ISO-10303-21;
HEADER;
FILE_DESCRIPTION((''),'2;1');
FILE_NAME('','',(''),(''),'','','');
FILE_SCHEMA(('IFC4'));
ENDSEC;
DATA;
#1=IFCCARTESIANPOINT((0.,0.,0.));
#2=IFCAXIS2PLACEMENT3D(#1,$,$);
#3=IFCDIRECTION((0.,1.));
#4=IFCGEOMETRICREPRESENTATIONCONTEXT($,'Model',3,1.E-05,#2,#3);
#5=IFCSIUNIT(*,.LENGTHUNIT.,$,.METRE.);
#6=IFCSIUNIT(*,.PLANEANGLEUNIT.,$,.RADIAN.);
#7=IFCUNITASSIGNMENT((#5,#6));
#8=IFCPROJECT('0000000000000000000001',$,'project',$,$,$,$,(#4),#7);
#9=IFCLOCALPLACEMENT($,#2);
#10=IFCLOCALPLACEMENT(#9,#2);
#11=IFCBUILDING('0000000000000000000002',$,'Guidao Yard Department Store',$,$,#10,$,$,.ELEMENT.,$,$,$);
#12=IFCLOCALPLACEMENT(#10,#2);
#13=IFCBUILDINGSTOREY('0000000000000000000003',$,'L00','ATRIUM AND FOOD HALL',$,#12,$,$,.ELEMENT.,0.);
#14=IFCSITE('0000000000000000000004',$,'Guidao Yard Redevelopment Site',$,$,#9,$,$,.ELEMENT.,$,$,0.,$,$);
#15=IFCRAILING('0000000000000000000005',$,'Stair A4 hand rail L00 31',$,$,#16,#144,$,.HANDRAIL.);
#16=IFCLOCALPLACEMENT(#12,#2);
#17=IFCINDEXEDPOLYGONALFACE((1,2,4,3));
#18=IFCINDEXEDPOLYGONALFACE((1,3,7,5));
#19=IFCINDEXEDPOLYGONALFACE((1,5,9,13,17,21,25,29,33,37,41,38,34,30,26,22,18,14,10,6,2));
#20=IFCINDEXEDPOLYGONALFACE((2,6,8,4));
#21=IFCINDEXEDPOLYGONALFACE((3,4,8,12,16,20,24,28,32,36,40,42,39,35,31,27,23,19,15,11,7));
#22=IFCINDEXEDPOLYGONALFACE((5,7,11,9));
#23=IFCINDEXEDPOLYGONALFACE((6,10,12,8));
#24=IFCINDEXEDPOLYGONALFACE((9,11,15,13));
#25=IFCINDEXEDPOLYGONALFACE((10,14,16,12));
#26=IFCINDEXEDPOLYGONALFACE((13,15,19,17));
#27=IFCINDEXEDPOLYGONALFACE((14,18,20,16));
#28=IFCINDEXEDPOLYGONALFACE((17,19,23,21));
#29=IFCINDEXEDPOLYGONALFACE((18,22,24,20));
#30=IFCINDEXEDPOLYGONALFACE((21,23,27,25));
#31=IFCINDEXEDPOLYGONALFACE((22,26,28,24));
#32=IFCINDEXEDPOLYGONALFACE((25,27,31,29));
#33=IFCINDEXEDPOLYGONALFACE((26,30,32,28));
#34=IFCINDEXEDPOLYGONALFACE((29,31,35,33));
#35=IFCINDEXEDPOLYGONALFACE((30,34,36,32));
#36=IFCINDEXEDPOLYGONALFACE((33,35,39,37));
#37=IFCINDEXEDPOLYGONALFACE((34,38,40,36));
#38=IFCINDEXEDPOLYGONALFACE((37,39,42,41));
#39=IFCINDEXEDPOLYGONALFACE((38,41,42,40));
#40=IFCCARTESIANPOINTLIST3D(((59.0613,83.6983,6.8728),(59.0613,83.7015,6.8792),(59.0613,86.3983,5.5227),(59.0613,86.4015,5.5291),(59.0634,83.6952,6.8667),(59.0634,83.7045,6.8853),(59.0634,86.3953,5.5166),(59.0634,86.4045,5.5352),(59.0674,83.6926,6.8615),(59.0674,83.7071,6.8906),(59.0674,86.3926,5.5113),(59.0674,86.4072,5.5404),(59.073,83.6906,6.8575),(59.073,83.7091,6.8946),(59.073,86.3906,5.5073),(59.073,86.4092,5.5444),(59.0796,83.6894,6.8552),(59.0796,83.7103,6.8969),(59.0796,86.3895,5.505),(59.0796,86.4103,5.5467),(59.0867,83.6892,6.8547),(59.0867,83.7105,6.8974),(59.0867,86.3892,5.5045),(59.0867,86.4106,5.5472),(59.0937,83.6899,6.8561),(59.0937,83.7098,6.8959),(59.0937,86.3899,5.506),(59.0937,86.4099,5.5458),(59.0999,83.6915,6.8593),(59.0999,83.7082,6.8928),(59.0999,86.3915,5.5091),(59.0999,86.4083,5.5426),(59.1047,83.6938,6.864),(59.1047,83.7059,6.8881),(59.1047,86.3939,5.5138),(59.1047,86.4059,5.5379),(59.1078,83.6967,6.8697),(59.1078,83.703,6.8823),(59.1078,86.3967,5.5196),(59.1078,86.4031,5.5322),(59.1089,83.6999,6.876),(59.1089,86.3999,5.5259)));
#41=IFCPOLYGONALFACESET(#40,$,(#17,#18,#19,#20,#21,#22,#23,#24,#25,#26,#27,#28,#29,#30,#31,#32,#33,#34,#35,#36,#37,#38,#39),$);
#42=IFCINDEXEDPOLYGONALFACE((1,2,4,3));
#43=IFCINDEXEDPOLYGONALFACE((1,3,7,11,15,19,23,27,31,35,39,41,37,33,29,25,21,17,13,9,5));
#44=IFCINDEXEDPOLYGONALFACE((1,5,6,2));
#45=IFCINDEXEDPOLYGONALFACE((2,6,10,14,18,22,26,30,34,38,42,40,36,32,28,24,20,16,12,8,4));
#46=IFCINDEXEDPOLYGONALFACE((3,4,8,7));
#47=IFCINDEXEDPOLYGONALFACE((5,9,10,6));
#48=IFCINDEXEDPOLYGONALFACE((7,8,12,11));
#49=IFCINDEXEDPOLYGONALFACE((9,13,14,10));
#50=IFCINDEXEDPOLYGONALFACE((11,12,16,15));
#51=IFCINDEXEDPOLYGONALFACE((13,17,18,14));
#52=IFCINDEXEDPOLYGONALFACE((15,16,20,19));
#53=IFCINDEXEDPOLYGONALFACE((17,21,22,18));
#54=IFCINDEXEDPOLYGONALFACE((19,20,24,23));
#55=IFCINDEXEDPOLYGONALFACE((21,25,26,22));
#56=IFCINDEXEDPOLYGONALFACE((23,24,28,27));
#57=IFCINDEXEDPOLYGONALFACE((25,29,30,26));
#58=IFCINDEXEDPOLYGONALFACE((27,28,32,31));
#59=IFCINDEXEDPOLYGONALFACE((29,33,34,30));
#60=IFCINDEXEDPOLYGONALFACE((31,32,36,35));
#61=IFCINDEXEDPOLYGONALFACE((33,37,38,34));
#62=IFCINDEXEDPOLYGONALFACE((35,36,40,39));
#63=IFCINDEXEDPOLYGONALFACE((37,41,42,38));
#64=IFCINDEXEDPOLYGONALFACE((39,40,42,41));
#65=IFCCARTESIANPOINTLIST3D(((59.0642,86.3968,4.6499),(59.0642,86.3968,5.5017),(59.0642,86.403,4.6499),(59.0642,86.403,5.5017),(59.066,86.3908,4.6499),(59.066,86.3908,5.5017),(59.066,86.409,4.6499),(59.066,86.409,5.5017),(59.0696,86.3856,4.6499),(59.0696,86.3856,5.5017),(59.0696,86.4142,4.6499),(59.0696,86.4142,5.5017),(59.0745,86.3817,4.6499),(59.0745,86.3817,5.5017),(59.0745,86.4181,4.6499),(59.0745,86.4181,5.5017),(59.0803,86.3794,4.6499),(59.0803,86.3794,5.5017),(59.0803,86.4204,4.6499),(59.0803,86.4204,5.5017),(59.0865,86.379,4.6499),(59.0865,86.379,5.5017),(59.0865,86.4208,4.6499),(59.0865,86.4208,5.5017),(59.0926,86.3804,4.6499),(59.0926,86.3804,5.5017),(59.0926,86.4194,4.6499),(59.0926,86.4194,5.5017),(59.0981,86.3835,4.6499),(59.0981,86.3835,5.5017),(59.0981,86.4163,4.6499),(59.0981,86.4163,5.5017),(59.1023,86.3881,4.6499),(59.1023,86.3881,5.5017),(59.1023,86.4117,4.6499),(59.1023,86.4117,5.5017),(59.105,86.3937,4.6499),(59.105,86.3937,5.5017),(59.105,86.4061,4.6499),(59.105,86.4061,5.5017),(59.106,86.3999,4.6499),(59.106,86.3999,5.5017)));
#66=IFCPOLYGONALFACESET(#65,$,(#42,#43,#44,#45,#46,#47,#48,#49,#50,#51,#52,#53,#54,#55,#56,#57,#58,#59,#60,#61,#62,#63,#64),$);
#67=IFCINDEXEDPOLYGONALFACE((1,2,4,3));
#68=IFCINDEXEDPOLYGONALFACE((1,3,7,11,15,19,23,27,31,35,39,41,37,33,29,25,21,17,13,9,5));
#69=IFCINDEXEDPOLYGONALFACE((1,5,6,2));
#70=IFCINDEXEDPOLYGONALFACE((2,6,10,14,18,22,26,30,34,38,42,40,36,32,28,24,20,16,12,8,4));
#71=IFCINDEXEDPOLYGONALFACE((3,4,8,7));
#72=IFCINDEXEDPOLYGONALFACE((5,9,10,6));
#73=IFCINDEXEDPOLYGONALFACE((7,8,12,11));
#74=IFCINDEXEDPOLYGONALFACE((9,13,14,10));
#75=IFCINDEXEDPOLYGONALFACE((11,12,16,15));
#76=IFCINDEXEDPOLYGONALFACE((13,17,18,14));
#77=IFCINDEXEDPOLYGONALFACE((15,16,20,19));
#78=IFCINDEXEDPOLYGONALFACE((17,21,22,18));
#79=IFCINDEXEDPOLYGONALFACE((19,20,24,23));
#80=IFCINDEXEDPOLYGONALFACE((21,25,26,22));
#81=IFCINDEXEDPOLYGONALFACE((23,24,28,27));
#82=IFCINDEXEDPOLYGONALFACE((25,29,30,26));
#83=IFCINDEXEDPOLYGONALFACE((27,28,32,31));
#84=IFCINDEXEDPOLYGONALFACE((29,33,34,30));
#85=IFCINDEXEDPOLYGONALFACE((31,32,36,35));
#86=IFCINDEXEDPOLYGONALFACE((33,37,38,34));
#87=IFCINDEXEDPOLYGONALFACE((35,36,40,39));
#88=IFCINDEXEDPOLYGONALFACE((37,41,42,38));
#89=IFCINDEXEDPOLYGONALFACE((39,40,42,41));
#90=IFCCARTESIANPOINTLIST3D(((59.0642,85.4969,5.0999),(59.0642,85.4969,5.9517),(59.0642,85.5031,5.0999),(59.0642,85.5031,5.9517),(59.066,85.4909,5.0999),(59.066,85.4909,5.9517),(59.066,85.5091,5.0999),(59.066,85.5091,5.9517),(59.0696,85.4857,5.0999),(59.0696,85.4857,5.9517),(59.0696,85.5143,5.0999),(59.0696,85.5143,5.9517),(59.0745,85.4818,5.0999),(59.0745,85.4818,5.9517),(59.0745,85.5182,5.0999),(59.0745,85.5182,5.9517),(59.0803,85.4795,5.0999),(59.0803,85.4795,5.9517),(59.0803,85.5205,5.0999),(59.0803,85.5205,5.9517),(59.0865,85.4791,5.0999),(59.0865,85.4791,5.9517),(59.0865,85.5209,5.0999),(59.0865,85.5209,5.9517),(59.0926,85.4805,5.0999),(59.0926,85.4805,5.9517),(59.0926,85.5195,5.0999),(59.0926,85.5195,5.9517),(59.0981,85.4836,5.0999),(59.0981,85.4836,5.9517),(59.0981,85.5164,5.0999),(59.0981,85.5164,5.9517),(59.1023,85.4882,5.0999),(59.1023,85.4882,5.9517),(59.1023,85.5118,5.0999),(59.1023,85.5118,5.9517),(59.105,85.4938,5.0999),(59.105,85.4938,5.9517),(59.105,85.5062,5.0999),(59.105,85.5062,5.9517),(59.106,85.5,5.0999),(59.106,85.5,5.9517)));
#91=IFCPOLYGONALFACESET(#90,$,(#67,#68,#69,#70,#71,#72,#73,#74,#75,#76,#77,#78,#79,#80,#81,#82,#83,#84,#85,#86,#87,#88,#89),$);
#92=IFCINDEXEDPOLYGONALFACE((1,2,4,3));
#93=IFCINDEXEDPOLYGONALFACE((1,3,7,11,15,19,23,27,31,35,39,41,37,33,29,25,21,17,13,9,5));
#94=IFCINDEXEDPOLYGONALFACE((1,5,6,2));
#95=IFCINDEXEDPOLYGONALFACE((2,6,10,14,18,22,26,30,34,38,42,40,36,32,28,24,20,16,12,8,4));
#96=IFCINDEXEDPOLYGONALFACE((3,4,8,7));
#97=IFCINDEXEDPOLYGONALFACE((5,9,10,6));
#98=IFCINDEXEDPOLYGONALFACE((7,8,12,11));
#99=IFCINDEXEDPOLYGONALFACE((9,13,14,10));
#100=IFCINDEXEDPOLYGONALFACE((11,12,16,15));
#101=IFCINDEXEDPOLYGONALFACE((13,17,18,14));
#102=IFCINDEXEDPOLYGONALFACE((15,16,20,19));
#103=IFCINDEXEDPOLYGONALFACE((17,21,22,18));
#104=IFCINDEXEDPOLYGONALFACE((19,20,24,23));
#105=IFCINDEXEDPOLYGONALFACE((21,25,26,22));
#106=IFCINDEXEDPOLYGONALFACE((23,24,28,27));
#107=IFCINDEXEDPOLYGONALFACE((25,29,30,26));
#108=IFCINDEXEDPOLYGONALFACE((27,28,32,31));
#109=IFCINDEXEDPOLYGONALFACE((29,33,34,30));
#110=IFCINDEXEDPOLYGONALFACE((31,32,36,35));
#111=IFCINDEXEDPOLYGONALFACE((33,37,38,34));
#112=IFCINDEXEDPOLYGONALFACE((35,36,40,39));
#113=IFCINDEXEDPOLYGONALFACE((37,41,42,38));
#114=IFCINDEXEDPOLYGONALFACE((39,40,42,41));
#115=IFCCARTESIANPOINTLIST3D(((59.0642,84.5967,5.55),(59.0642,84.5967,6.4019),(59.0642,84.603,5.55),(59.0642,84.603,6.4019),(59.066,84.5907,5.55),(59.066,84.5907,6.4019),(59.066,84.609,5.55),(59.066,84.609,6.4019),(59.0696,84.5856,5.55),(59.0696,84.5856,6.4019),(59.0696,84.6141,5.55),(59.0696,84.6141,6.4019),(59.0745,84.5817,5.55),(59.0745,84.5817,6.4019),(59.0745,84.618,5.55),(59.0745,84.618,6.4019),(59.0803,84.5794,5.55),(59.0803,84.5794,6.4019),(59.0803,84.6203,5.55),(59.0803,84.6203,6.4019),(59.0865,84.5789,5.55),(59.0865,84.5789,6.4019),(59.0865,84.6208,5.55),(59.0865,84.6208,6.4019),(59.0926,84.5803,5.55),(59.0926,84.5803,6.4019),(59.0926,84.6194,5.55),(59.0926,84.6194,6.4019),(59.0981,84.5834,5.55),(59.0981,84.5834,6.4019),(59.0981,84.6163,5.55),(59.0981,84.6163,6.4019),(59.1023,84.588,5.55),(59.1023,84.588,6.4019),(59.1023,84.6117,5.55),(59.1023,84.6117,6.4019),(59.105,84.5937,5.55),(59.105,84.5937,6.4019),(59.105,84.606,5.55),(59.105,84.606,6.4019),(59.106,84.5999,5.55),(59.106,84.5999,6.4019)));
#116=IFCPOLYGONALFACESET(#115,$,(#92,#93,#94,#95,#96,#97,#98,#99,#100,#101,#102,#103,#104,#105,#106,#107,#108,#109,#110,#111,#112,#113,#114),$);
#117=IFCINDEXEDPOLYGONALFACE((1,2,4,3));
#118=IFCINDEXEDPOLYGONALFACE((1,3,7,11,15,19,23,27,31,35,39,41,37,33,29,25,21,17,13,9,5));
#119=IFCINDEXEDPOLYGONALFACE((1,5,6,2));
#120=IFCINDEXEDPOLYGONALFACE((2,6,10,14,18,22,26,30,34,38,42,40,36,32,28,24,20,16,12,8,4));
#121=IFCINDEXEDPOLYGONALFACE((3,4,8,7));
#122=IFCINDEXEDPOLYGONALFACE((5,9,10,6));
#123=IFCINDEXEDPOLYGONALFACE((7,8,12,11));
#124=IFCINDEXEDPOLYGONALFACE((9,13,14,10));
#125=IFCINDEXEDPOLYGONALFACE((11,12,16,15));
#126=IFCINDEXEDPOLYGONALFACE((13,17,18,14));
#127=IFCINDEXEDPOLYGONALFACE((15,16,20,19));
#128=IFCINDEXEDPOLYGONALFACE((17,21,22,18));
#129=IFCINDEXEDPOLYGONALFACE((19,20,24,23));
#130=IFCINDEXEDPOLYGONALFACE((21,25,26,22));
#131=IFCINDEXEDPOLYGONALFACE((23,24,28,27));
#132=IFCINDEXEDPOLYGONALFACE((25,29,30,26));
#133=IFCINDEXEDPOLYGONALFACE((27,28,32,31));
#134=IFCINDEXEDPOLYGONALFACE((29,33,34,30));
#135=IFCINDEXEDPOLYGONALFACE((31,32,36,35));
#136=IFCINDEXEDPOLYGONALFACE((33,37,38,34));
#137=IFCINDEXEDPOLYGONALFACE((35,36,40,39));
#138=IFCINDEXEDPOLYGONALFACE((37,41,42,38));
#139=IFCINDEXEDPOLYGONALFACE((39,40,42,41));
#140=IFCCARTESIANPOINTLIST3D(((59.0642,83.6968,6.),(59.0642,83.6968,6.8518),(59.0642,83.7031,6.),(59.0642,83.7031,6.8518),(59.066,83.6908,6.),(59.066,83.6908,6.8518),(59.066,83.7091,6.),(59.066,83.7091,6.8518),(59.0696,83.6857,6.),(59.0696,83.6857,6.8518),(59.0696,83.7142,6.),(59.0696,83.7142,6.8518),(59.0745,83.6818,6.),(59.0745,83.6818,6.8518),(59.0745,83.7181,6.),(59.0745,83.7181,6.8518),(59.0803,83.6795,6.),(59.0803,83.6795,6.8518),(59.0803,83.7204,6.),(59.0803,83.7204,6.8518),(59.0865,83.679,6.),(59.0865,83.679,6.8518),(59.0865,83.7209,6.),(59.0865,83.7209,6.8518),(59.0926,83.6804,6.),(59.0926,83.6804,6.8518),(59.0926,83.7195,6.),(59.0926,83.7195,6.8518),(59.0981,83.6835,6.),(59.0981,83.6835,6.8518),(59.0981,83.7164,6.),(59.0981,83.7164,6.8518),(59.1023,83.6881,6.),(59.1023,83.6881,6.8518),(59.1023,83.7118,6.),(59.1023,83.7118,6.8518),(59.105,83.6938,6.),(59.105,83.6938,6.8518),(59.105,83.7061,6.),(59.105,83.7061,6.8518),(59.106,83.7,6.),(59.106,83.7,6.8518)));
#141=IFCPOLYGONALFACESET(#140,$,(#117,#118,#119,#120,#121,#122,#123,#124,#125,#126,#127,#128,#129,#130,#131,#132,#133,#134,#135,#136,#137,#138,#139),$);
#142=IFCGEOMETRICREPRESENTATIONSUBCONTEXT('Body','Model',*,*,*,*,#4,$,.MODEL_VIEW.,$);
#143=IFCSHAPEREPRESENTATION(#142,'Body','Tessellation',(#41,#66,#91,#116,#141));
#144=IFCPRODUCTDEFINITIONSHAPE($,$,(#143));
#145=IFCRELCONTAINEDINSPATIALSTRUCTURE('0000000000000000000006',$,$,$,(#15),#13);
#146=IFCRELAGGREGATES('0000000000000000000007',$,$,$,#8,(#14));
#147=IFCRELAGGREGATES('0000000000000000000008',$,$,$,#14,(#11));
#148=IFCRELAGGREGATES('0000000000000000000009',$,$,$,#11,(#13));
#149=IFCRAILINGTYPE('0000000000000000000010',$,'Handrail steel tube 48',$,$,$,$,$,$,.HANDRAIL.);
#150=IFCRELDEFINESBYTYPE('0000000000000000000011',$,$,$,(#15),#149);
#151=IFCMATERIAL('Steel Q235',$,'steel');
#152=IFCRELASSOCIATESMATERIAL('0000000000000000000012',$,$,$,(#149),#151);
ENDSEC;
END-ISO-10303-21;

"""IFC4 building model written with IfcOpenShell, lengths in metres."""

from ifc_helpers import new_model, si_unit, direction, frame, origin, origin_2d, place, context, subcontext, project, spatial, circle, extrude, material, type_object, element, save


model = new_model("IFC4")

# Units and contexts
model_context = context("Model", 3, precision=1e-05, world=origin(), true_north=direction((0.0, 1.0)))
body_context = subcontext(model_context, "Body", "Model", "MODEL_VIEW")
ifc_project = project(units=[si_unit("LENGTHUNIT", "METRE"), si_unit("PLANEANGLEUNIT", "RADIAN")], contexts=[model_context])

# Site, building, storey
site_placement = place(None, origin())
site = spatial("IfcSite", under=ifc_project, at=site_placement, Name="Guidao Yard Redevelopment Site", CompositionType="ELEMENT", RefElevation=0.0)
building_placement = place(site_placement, origin())
building = spatial("IfcBuilding", under=site, at=building_placement, Name="Guidao Yard Department Store", CompositionType="ELEMENT")
storey_placement = place(building_placement, origin())
storey = spatial("IfcBuildingStorey", under=building, at=storey_placement, Name="L00", Description="ATRIUM AND FOOD HALL", CompositionType="ELEMENT", Elevation=0.0)

# Railing
ifc_material_1 = material(Name="Steel Q235", Category="steel")
railing_type = type_object("IfcRailingType", Name="Handrail steel tube 48", PredefinedType="HANDRAIL", material=ifc_material_1)
for number, where, name in (
    (1, (59.085, 86.3999, 4.6499), "Stair A4 hand rail L00 31"),
):
    element("IfcRailing", number, at=place(storey_placement, frame(where)), inside=storey, type_object=railing_type, Name=name, PredefinedType="HANDRAIL", context=body_context, shape_type="SweptSolid", body=[
        extrude(circle(Radius=0.0239, at=origin_2d()), frame((0.0, 0.0, 0.876), z_axis=(0.0, -0.894411, 0.447246), x_axis=(1.0, 0.0, 0.0)), (0.0, 0.0, 1.0), 3.0188),
        extrude(circle(Radius=0.021, at=origin_2d()), origin(), (0.0, 0.0, 1.0), 0.8518),
        extrude(circle(Radius=0.021, at=origin_2d()), frame((0.0, -0.8999, 0.45)), (0.0, 0.0, 1.0), 0.8518),
        extrude(circle(Radius=0.021, at=origin_2d()), frame((0.0, -1.8, 0.9001)), (0.0, 0.0, 1.0), 0.8518),
        extrude(circle(Radius=0.021, at=origin_2d()), frame((0.0, -2.7, 1.3501)), (0.0, 0.0, 1.0), 0.8518),
    ])

save(model, "model.ifc")
